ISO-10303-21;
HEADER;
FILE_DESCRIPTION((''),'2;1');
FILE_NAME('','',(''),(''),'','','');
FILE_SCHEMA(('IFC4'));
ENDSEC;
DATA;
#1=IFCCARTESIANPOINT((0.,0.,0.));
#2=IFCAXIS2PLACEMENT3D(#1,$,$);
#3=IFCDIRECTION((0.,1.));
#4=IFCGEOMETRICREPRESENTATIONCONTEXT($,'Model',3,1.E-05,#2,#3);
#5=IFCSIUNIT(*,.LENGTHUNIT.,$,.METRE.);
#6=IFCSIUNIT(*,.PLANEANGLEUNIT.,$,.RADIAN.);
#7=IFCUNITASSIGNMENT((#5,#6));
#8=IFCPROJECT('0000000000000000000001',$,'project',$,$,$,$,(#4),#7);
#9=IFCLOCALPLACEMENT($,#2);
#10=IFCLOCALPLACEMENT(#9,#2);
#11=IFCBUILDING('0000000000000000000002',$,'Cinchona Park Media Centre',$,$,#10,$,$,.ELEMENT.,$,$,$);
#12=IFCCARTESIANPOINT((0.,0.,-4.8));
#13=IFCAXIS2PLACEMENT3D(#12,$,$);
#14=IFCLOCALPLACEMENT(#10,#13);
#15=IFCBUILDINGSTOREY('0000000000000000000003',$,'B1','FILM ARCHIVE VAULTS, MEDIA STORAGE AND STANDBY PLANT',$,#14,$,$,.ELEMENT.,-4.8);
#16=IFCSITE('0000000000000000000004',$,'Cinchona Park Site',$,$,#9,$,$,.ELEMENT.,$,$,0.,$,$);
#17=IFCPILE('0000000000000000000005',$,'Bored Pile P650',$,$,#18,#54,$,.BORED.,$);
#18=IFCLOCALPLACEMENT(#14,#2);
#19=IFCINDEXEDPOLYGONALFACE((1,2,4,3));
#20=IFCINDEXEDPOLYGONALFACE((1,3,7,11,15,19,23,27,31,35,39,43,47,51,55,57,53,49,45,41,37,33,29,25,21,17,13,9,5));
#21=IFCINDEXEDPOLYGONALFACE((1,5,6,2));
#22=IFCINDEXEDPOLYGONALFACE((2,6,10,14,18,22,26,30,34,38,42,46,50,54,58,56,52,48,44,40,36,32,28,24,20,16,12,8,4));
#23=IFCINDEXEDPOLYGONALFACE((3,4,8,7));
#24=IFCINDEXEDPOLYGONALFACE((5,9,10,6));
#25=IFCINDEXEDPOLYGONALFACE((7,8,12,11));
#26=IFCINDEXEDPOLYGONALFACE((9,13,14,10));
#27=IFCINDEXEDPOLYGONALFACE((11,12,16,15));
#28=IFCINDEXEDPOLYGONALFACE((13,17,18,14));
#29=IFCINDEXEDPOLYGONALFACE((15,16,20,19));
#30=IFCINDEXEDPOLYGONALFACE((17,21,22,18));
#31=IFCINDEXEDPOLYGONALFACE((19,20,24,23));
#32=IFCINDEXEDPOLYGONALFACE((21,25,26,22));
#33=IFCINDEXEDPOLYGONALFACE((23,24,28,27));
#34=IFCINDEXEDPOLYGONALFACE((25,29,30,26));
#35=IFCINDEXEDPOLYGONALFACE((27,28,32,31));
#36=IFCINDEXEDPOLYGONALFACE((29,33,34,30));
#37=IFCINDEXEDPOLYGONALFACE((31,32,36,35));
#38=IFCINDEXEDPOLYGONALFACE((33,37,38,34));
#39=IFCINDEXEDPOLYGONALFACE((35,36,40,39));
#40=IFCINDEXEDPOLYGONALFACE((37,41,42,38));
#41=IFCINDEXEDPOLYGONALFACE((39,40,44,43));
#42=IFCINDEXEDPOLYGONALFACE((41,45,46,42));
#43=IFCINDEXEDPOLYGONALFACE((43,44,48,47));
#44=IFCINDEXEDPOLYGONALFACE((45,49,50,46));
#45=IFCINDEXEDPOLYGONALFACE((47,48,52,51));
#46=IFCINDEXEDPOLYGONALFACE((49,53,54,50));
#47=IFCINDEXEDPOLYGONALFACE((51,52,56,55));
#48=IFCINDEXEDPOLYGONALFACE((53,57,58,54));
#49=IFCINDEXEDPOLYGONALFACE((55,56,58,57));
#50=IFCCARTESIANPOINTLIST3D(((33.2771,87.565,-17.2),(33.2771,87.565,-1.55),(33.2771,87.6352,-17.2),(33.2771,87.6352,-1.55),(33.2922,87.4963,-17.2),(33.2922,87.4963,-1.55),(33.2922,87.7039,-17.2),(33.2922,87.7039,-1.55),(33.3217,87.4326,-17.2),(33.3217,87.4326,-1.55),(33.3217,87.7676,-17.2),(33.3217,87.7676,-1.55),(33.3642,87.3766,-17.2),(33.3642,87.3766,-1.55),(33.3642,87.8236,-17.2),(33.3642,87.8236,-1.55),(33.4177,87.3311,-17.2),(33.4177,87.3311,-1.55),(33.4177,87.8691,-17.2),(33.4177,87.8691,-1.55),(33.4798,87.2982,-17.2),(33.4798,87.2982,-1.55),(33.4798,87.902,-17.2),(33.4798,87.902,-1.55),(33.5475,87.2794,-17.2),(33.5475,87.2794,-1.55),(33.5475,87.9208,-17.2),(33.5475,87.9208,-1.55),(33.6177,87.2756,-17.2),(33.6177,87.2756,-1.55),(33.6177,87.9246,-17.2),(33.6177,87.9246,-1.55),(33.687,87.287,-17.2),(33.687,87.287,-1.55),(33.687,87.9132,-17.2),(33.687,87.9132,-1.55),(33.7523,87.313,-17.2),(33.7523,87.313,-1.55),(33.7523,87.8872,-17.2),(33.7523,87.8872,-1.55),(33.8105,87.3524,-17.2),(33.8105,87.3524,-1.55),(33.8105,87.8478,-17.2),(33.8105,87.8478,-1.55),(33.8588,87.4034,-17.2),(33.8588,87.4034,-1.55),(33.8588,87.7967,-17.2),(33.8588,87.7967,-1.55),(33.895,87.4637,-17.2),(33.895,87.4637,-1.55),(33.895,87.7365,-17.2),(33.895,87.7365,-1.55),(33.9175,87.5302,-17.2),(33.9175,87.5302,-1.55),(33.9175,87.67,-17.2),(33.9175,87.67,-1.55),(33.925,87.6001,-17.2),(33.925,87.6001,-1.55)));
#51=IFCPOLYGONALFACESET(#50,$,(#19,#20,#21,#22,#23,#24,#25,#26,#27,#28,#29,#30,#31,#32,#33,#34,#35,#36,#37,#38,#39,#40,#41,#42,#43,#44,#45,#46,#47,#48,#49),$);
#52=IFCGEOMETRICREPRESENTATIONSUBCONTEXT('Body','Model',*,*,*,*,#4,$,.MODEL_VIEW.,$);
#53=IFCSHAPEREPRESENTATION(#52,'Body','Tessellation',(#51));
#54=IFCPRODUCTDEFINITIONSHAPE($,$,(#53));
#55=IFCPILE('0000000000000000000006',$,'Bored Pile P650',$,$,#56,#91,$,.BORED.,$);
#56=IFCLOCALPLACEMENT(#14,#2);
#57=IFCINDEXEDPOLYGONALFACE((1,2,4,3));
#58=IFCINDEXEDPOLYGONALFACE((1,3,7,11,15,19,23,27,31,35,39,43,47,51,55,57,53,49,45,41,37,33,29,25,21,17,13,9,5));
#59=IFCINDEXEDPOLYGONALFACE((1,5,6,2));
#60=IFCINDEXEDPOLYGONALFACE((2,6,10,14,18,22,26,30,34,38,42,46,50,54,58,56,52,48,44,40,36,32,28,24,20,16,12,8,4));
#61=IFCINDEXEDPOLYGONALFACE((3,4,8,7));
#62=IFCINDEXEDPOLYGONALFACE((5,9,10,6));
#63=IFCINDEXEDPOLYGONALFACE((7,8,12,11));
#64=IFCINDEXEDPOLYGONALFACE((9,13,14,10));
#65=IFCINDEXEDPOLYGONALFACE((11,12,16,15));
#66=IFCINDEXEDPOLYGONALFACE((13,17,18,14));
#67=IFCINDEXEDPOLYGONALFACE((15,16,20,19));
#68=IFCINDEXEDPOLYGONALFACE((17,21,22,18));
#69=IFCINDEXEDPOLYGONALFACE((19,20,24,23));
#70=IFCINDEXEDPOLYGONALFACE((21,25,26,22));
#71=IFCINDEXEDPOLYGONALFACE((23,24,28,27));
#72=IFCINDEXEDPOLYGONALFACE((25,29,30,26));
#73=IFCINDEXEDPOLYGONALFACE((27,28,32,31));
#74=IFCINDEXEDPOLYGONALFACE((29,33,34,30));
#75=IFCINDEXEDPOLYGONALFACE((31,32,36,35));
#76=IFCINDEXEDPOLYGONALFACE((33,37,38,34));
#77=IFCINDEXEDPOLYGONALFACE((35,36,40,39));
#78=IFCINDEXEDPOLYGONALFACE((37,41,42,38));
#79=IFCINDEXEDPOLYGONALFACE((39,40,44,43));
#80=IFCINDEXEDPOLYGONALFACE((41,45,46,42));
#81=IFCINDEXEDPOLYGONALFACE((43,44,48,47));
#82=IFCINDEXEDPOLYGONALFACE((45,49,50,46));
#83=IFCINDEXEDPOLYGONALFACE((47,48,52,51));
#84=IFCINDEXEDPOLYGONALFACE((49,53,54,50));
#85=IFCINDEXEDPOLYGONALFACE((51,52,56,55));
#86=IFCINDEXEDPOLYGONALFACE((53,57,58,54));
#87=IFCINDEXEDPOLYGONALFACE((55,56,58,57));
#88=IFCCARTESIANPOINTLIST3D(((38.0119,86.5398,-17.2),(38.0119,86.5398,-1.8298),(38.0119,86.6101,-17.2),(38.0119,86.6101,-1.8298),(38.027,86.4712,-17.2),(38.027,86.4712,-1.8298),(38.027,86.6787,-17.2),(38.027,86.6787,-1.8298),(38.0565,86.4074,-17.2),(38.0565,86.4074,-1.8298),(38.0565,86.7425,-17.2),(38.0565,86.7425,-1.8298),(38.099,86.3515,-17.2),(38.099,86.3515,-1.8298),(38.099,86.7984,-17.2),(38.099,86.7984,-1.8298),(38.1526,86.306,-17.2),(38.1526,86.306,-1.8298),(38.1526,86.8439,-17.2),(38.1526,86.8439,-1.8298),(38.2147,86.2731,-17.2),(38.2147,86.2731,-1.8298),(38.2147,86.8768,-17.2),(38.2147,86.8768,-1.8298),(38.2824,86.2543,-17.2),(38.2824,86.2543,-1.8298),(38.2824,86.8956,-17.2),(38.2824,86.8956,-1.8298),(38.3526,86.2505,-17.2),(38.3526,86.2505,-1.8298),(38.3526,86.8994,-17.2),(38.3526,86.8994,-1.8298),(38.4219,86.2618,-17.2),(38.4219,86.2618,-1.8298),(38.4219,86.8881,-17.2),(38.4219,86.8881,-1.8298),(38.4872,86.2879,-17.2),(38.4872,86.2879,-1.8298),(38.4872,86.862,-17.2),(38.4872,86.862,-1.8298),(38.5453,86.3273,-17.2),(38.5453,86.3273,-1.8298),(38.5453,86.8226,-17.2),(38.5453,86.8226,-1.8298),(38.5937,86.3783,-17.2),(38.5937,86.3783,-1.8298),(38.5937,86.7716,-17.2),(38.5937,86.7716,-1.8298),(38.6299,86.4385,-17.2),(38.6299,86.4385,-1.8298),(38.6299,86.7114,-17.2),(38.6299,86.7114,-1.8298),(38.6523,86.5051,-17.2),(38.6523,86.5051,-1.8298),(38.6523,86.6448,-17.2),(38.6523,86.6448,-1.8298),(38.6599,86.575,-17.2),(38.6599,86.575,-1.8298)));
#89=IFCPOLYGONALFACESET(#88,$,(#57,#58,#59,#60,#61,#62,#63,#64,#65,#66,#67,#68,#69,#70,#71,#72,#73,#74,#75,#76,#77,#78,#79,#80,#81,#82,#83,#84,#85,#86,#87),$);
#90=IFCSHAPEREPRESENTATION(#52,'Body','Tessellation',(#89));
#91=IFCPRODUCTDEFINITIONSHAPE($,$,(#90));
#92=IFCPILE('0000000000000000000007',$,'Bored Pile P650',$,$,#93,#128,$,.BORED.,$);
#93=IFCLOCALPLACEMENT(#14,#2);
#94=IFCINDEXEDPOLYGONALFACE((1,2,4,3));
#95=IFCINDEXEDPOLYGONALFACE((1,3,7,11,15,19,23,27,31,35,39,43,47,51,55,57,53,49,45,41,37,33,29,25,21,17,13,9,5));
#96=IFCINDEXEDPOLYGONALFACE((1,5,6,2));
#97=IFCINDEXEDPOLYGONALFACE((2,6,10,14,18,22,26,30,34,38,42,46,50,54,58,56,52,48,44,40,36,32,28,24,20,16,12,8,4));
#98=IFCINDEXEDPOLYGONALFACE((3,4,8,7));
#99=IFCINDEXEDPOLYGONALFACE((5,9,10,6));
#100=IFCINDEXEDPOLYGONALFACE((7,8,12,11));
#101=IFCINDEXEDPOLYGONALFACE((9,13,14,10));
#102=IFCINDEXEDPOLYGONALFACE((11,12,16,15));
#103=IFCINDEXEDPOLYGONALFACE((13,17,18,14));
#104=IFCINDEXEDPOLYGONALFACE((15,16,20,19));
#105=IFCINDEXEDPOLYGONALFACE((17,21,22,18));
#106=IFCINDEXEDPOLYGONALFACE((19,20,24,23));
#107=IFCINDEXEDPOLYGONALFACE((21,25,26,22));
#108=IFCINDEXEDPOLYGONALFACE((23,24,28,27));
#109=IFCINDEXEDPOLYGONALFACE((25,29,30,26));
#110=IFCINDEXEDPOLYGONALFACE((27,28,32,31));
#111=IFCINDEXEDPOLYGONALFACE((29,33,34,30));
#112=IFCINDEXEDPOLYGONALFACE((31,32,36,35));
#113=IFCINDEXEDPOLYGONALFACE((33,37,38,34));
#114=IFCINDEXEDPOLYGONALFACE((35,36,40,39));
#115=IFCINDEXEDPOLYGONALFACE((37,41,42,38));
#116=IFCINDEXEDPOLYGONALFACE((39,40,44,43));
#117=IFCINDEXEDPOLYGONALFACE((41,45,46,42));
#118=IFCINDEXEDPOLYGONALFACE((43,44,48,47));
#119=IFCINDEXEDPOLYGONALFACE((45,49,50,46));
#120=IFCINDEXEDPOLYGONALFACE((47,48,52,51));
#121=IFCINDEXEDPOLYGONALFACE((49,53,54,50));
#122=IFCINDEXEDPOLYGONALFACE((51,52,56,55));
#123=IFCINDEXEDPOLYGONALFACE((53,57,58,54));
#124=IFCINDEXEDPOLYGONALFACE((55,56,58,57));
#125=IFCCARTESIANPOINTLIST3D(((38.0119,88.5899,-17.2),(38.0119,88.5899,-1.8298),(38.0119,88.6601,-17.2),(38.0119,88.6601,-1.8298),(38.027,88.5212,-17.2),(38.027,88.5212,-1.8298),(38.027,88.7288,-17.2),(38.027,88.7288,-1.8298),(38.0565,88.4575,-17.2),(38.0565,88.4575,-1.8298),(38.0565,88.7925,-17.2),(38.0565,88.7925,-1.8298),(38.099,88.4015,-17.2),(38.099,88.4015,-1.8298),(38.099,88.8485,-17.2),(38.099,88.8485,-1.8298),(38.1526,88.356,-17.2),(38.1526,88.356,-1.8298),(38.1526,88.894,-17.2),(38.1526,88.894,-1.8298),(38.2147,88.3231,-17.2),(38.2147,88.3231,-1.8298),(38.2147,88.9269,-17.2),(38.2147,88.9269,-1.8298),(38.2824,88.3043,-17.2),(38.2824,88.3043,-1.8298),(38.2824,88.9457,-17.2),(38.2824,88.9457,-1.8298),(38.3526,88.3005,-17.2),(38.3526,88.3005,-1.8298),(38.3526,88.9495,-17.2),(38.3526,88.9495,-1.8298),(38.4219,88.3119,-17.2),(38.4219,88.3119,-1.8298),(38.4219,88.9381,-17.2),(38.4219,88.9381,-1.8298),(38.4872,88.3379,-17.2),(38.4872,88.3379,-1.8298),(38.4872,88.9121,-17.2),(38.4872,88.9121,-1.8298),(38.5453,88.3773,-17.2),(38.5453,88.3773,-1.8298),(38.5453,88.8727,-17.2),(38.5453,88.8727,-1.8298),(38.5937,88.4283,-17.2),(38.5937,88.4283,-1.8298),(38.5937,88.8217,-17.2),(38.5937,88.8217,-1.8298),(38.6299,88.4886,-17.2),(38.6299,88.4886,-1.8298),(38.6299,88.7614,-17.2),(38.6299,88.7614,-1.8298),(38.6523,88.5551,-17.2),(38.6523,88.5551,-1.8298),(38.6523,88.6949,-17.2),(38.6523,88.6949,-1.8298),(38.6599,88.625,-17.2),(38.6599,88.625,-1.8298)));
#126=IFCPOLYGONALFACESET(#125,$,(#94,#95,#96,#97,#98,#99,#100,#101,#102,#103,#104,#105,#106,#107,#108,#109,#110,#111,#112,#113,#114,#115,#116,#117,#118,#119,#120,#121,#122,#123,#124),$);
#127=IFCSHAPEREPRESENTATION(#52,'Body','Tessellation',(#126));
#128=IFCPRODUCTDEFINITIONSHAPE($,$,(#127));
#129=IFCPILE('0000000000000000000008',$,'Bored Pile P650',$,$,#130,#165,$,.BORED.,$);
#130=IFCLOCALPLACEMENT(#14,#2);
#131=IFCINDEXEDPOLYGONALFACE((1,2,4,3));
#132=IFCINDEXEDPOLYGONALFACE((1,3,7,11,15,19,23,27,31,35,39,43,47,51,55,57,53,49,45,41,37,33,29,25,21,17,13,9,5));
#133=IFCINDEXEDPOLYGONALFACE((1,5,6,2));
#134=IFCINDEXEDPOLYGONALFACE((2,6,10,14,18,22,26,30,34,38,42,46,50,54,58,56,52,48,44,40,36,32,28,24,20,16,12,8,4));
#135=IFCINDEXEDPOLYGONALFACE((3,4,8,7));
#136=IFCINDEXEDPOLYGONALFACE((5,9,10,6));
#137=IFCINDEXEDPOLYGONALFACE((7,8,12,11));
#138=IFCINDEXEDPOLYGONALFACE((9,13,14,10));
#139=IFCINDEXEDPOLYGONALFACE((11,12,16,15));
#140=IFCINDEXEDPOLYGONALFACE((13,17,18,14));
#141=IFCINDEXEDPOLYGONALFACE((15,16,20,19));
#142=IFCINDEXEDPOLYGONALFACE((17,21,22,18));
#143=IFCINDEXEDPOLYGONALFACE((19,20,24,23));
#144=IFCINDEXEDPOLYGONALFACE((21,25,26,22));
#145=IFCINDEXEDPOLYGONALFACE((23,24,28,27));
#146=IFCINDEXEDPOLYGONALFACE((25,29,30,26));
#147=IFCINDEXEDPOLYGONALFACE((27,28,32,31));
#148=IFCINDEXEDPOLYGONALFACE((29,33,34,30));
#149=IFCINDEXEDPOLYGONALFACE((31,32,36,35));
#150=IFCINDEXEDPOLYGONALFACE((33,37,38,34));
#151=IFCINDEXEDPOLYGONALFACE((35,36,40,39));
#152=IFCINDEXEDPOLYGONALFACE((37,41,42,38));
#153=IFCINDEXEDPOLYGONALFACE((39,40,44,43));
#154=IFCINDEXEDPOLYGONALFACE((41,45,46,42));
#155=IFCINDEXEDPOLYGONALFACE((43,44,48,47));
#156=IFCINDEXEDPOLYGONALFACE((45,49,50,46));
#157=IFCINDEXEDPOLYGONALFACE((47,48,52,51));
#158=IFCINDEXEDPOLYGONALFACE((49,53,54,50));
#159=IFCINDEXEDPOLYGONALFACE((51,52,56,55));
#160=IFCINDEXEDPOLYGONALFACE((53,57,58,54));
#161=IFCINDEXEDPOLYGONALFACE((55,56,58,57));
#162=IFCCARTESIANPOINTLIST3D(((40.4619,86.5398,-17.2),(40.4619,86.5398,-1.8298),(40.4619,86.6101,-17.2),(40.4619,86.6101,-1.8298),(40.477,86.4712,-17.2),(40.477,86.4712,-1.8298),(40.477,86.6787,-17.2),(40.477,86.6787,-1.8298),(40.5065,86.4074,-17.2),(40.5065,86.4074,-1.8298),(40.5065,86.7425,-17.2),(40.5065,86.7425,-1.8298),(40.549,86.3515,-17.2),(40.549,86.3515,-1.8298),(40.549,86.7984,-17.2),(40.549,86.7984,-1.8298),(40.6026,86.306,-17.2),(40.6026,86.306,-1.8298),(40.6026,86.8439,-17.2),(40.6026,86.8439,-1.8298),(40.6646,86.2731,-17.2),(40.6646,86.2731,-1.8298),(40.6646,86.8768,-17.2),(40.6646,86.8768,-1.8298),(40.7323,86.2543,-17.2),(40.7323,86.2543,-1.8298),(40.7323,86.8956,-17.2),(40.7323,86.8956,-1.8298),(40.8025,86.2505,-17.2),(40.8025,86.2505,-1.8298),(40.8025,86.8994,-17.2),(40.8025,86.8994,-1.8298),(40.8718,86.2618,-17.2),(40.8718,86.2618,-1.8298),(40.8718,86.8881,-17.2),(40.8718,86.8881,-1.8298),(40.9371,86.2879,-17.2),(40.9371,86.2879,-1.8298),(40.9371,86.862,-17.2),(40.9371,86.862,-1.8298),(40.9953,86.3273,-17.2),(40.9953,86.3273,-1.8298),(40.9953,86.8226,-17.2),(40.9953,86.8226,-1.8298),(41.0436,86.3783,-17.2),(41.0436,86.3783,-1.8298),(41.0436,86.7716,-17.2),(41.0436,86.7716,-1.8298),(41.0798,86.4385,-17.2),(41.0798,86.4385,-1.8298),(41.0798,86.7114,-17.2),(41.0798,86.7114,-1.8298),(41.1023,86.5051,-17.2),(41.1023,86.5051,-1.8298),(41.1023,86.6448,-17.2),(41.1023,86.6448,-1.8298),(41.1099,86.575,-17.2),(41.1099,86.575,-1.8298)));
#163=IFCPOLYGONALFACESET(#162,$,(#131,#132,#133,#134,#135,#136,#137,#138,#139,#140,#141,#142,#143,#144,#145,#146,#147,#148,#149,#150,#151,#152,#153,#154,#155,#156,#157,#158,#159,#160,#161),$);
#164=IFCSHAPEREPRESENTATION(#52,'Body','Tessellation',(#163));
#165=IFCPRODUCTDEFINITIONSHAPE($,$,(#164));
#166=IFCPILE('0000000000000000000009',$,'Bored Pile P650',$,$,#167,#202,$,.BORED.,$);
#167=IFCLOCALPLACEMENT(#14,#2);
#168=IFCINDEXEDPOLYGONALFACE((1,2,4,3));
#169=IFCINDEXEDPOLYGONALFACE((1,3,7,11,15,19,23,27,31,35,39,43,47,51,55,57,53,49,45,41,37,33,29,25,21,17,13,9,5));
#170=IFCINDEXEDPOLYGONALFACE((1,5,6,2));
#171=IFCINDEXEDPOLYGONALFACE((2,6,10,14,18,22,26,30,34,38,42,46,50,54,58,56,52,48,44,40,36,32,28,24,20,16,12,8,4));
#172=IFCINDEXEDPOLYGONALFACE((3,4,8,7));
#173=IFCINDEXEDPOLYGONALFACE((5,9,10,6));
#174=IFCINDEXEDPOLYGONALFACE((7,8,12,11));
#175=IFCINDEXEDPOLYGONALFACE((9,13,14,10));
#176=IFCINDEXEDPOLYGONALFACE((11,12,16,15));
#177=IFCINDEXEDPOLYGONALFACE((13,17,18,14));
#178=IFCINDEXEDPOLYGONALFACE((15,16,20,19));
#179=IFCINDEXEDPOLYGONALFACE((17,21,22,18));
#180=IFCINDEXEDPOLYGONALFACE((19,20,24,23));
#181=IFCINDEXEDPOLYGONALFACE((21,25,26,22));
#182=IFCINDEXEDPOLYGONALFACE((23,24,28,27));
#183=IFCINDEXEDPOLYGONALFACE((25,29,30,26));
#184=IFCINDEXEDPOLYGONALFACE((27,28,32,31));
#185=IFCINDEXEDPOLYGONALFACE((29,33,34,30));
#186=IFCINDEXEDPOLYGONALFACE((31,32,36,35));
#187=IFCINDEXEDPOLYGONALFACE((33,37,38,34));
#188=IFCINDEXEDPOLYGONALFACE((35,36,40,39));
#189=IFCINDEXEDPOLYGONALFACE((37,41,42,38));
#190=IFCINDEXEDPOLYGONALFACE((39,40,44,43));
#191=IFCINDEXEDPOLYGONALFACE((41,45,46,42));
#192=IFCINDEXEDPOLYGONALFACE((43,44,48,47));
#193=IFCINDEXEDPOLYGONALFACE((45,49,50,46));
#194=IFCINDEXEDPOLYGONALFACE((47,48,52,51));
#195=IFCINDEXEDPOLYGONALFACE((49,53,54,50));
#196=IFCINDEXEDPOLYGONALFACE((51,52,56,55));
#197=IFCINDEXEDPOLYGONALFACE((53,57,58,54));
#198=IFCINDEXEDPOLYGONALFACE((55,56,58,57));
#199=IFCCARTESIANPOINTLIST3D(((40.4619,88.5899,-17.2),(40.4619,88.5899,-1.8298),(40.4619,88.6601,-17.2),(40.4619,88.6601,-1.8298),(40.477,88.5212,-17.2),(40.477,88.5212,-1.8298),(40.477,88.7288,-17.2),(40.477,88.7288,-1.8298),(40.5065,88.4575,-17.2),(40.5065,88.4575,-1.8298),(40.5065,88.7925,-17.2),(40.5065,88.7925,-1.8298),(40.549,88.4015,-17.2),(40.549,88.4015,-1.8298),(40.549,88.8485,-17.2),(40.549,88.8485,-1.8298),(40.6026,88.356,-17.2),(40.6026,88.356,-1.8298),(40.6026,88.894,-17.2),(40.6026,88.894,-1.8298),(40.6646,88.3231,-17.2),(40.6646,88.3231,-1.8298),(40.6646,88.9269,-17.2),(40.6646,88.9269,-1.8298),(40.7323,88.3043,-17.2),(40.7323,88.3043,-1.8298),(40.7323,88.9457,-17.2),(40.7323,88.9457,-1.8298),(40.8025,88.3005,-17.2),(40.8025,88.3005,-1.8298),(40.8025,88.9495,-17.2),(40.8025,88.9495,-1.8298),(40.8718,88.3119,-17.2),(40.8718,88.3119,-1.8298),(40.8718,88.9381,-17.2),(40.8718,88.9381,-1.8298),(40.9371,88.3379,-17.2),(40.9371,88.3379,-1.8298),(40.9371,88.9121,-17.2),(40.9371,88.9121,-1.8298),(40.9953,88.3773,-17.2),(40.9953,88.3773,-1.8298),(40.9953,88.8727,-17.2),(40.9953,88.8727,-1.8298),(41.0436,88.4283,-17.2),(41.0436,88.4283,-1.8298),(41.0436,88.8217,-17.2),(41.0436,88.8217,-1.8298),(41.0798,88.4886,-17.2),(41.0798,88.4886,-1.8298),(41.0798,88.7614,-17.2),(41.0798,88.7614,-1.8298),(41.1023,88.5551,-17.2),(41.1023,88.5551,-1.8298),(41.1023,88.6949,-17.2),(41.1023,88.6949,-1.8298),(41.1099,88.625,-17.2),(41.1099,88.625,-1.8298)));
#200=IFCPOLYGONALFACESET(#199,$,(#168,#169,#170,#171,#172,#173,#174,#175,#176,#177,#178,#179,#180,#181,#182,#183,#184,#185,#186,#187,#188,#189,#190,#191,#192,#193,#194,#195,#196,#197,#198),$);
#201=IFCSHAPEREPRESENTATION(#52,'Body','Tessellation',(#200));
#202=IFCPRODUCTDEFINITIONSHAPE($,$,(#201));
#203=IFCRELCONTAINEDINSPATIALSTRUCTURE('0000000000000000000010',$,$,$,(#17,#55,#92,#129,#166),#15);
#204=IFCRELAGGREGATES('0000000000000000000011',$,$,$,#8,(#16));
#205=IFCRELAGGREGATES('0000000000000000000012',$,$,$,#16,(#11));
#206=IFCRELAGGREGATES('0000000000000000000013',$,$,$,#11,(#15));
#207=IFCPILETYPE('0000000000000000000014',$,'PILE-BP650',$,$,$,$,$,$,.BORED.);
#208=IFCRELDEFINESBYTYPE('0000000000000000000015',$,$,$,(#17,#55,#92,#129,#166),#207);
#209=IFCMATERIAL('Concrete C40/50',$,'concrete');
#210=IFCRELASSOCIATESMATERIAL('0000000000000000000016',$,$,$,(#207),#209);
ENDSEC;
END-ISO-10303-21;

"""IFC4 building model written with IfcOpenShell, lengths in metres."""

from ifc_helpers import new_model, si_unit, direction, frame, origin, origin_2d, place, context, subcontext, project, spatial, circle, extrude, material, material_profile, profile_set, type_object, element, save


model = new_model("IFC4")

# Units and contexts
model_context = context("Model", 3, precision=1e-05, world=origin(), true_north=direction((0.0, 1.0)))
body_context = subcontext(model_context, "Body", "Model", "MODEL_VIEW")
ifc_project = project(units=[si_unit("LENGTHUNIT", "METRE"), si_unit("PLANEANGLEUNIT", "RADIAN")], contexts=[model_context])

# Site, building, storey
site_placement = place(None, origin())
site = spatial("IfcSite", under=ifc_project, at=site_placement, Name="Cinchona Park Site", CompositionType="ELEMENT", RefElevation=0.0)
building_placement = place(site_placement, origin())
building = spatial("IfcBuilding", under=site, at=building_placement, Name="Cinchona Park Media Centre", CompositionType="ELEMENT")
storey_placement = place(building_placement, frame((0.0, 0.0, -4.8)))
storey = spatial("IfcBuildingStorey", under=building, at=storey_placement, Name="B1", Description="FILM ARCHIVE VAULTS, MEDIA STORAGE AND STANDBY PLANT", CompositionType="ELEMENT", Elevation=-4.8)

# Piles
ifc_material_1 = material(Name="Concrete C40/50", Category="concrete")
ifc_material_profile_1 = material_profile(ifc_material_1, circle(Radius=0.325, at=origin_2d()), Name="BORED PILE 650")
ifc_profile_set_1 = profile_set([ifc_material_profile_1], Name="Concrete C40/50")
pile_type_1 = type_object("IfcPileType", Name="PILE-BP650", PredefinedType="BORED", material=ifc_profile_set_1)
pile_1_placement = place(storey_placement, frame((33.6001, 87.6001, -1.55), z_axis=(0.0, 0.0, -1.0), x_axis=(1.0, 0.0, 0.0)))
element("IfcPile", 1, at=pile_1_placement, inside=storey, type_object=pile_type_1, Name="Bored Pile P650", PredefinedType="BORED", context=body_context, shape_type="SweptSolid", body=[
    extrude(circle(Radius=0.325, at=origin_2d()), origin(), (0.0, 0.0, 1.0), 15.6499),
])
for number, where, z_axis, x_axis, name in (
    (2, (38.335, 86.575, -1.8298), (0.0, 0.0, -1.0), (1.0, 0.0, 0.0), "Bored Pile P650"),
    (3, (38.335, 88.625, -1.8298), (0.0, 0.0, -1.0), (1.0, 0.0, 0.0), "Bored Pile P650"),
    (4, (40.7849, 86.575, -1.8298), (0.0, 0.0, -1.0), (1.0, 0.0, 0.0), "Bored Pile P650"),
    (5, (40.7849, 88.625, -1.8298), (0.0, 0.0, -1.0), (1.0, 0.0, 0.0), "Bored Pile P650"),
):
    element("IfcPile", number, at=place(storey_placement, frame(where, z_axis=z_axis, x_axis=x_axis)), inside=storey, type_object=pile_type_1, Name=name, PredefinedType="BORED", context=body_context, shape_type="SweptSolid", body=[
        extrude(circle(Radius=0.325, at=origin_2d()), origin(), (0.0, 0.0, 1.0), 15.3701),
    ])

save(model, "model.ifc")
